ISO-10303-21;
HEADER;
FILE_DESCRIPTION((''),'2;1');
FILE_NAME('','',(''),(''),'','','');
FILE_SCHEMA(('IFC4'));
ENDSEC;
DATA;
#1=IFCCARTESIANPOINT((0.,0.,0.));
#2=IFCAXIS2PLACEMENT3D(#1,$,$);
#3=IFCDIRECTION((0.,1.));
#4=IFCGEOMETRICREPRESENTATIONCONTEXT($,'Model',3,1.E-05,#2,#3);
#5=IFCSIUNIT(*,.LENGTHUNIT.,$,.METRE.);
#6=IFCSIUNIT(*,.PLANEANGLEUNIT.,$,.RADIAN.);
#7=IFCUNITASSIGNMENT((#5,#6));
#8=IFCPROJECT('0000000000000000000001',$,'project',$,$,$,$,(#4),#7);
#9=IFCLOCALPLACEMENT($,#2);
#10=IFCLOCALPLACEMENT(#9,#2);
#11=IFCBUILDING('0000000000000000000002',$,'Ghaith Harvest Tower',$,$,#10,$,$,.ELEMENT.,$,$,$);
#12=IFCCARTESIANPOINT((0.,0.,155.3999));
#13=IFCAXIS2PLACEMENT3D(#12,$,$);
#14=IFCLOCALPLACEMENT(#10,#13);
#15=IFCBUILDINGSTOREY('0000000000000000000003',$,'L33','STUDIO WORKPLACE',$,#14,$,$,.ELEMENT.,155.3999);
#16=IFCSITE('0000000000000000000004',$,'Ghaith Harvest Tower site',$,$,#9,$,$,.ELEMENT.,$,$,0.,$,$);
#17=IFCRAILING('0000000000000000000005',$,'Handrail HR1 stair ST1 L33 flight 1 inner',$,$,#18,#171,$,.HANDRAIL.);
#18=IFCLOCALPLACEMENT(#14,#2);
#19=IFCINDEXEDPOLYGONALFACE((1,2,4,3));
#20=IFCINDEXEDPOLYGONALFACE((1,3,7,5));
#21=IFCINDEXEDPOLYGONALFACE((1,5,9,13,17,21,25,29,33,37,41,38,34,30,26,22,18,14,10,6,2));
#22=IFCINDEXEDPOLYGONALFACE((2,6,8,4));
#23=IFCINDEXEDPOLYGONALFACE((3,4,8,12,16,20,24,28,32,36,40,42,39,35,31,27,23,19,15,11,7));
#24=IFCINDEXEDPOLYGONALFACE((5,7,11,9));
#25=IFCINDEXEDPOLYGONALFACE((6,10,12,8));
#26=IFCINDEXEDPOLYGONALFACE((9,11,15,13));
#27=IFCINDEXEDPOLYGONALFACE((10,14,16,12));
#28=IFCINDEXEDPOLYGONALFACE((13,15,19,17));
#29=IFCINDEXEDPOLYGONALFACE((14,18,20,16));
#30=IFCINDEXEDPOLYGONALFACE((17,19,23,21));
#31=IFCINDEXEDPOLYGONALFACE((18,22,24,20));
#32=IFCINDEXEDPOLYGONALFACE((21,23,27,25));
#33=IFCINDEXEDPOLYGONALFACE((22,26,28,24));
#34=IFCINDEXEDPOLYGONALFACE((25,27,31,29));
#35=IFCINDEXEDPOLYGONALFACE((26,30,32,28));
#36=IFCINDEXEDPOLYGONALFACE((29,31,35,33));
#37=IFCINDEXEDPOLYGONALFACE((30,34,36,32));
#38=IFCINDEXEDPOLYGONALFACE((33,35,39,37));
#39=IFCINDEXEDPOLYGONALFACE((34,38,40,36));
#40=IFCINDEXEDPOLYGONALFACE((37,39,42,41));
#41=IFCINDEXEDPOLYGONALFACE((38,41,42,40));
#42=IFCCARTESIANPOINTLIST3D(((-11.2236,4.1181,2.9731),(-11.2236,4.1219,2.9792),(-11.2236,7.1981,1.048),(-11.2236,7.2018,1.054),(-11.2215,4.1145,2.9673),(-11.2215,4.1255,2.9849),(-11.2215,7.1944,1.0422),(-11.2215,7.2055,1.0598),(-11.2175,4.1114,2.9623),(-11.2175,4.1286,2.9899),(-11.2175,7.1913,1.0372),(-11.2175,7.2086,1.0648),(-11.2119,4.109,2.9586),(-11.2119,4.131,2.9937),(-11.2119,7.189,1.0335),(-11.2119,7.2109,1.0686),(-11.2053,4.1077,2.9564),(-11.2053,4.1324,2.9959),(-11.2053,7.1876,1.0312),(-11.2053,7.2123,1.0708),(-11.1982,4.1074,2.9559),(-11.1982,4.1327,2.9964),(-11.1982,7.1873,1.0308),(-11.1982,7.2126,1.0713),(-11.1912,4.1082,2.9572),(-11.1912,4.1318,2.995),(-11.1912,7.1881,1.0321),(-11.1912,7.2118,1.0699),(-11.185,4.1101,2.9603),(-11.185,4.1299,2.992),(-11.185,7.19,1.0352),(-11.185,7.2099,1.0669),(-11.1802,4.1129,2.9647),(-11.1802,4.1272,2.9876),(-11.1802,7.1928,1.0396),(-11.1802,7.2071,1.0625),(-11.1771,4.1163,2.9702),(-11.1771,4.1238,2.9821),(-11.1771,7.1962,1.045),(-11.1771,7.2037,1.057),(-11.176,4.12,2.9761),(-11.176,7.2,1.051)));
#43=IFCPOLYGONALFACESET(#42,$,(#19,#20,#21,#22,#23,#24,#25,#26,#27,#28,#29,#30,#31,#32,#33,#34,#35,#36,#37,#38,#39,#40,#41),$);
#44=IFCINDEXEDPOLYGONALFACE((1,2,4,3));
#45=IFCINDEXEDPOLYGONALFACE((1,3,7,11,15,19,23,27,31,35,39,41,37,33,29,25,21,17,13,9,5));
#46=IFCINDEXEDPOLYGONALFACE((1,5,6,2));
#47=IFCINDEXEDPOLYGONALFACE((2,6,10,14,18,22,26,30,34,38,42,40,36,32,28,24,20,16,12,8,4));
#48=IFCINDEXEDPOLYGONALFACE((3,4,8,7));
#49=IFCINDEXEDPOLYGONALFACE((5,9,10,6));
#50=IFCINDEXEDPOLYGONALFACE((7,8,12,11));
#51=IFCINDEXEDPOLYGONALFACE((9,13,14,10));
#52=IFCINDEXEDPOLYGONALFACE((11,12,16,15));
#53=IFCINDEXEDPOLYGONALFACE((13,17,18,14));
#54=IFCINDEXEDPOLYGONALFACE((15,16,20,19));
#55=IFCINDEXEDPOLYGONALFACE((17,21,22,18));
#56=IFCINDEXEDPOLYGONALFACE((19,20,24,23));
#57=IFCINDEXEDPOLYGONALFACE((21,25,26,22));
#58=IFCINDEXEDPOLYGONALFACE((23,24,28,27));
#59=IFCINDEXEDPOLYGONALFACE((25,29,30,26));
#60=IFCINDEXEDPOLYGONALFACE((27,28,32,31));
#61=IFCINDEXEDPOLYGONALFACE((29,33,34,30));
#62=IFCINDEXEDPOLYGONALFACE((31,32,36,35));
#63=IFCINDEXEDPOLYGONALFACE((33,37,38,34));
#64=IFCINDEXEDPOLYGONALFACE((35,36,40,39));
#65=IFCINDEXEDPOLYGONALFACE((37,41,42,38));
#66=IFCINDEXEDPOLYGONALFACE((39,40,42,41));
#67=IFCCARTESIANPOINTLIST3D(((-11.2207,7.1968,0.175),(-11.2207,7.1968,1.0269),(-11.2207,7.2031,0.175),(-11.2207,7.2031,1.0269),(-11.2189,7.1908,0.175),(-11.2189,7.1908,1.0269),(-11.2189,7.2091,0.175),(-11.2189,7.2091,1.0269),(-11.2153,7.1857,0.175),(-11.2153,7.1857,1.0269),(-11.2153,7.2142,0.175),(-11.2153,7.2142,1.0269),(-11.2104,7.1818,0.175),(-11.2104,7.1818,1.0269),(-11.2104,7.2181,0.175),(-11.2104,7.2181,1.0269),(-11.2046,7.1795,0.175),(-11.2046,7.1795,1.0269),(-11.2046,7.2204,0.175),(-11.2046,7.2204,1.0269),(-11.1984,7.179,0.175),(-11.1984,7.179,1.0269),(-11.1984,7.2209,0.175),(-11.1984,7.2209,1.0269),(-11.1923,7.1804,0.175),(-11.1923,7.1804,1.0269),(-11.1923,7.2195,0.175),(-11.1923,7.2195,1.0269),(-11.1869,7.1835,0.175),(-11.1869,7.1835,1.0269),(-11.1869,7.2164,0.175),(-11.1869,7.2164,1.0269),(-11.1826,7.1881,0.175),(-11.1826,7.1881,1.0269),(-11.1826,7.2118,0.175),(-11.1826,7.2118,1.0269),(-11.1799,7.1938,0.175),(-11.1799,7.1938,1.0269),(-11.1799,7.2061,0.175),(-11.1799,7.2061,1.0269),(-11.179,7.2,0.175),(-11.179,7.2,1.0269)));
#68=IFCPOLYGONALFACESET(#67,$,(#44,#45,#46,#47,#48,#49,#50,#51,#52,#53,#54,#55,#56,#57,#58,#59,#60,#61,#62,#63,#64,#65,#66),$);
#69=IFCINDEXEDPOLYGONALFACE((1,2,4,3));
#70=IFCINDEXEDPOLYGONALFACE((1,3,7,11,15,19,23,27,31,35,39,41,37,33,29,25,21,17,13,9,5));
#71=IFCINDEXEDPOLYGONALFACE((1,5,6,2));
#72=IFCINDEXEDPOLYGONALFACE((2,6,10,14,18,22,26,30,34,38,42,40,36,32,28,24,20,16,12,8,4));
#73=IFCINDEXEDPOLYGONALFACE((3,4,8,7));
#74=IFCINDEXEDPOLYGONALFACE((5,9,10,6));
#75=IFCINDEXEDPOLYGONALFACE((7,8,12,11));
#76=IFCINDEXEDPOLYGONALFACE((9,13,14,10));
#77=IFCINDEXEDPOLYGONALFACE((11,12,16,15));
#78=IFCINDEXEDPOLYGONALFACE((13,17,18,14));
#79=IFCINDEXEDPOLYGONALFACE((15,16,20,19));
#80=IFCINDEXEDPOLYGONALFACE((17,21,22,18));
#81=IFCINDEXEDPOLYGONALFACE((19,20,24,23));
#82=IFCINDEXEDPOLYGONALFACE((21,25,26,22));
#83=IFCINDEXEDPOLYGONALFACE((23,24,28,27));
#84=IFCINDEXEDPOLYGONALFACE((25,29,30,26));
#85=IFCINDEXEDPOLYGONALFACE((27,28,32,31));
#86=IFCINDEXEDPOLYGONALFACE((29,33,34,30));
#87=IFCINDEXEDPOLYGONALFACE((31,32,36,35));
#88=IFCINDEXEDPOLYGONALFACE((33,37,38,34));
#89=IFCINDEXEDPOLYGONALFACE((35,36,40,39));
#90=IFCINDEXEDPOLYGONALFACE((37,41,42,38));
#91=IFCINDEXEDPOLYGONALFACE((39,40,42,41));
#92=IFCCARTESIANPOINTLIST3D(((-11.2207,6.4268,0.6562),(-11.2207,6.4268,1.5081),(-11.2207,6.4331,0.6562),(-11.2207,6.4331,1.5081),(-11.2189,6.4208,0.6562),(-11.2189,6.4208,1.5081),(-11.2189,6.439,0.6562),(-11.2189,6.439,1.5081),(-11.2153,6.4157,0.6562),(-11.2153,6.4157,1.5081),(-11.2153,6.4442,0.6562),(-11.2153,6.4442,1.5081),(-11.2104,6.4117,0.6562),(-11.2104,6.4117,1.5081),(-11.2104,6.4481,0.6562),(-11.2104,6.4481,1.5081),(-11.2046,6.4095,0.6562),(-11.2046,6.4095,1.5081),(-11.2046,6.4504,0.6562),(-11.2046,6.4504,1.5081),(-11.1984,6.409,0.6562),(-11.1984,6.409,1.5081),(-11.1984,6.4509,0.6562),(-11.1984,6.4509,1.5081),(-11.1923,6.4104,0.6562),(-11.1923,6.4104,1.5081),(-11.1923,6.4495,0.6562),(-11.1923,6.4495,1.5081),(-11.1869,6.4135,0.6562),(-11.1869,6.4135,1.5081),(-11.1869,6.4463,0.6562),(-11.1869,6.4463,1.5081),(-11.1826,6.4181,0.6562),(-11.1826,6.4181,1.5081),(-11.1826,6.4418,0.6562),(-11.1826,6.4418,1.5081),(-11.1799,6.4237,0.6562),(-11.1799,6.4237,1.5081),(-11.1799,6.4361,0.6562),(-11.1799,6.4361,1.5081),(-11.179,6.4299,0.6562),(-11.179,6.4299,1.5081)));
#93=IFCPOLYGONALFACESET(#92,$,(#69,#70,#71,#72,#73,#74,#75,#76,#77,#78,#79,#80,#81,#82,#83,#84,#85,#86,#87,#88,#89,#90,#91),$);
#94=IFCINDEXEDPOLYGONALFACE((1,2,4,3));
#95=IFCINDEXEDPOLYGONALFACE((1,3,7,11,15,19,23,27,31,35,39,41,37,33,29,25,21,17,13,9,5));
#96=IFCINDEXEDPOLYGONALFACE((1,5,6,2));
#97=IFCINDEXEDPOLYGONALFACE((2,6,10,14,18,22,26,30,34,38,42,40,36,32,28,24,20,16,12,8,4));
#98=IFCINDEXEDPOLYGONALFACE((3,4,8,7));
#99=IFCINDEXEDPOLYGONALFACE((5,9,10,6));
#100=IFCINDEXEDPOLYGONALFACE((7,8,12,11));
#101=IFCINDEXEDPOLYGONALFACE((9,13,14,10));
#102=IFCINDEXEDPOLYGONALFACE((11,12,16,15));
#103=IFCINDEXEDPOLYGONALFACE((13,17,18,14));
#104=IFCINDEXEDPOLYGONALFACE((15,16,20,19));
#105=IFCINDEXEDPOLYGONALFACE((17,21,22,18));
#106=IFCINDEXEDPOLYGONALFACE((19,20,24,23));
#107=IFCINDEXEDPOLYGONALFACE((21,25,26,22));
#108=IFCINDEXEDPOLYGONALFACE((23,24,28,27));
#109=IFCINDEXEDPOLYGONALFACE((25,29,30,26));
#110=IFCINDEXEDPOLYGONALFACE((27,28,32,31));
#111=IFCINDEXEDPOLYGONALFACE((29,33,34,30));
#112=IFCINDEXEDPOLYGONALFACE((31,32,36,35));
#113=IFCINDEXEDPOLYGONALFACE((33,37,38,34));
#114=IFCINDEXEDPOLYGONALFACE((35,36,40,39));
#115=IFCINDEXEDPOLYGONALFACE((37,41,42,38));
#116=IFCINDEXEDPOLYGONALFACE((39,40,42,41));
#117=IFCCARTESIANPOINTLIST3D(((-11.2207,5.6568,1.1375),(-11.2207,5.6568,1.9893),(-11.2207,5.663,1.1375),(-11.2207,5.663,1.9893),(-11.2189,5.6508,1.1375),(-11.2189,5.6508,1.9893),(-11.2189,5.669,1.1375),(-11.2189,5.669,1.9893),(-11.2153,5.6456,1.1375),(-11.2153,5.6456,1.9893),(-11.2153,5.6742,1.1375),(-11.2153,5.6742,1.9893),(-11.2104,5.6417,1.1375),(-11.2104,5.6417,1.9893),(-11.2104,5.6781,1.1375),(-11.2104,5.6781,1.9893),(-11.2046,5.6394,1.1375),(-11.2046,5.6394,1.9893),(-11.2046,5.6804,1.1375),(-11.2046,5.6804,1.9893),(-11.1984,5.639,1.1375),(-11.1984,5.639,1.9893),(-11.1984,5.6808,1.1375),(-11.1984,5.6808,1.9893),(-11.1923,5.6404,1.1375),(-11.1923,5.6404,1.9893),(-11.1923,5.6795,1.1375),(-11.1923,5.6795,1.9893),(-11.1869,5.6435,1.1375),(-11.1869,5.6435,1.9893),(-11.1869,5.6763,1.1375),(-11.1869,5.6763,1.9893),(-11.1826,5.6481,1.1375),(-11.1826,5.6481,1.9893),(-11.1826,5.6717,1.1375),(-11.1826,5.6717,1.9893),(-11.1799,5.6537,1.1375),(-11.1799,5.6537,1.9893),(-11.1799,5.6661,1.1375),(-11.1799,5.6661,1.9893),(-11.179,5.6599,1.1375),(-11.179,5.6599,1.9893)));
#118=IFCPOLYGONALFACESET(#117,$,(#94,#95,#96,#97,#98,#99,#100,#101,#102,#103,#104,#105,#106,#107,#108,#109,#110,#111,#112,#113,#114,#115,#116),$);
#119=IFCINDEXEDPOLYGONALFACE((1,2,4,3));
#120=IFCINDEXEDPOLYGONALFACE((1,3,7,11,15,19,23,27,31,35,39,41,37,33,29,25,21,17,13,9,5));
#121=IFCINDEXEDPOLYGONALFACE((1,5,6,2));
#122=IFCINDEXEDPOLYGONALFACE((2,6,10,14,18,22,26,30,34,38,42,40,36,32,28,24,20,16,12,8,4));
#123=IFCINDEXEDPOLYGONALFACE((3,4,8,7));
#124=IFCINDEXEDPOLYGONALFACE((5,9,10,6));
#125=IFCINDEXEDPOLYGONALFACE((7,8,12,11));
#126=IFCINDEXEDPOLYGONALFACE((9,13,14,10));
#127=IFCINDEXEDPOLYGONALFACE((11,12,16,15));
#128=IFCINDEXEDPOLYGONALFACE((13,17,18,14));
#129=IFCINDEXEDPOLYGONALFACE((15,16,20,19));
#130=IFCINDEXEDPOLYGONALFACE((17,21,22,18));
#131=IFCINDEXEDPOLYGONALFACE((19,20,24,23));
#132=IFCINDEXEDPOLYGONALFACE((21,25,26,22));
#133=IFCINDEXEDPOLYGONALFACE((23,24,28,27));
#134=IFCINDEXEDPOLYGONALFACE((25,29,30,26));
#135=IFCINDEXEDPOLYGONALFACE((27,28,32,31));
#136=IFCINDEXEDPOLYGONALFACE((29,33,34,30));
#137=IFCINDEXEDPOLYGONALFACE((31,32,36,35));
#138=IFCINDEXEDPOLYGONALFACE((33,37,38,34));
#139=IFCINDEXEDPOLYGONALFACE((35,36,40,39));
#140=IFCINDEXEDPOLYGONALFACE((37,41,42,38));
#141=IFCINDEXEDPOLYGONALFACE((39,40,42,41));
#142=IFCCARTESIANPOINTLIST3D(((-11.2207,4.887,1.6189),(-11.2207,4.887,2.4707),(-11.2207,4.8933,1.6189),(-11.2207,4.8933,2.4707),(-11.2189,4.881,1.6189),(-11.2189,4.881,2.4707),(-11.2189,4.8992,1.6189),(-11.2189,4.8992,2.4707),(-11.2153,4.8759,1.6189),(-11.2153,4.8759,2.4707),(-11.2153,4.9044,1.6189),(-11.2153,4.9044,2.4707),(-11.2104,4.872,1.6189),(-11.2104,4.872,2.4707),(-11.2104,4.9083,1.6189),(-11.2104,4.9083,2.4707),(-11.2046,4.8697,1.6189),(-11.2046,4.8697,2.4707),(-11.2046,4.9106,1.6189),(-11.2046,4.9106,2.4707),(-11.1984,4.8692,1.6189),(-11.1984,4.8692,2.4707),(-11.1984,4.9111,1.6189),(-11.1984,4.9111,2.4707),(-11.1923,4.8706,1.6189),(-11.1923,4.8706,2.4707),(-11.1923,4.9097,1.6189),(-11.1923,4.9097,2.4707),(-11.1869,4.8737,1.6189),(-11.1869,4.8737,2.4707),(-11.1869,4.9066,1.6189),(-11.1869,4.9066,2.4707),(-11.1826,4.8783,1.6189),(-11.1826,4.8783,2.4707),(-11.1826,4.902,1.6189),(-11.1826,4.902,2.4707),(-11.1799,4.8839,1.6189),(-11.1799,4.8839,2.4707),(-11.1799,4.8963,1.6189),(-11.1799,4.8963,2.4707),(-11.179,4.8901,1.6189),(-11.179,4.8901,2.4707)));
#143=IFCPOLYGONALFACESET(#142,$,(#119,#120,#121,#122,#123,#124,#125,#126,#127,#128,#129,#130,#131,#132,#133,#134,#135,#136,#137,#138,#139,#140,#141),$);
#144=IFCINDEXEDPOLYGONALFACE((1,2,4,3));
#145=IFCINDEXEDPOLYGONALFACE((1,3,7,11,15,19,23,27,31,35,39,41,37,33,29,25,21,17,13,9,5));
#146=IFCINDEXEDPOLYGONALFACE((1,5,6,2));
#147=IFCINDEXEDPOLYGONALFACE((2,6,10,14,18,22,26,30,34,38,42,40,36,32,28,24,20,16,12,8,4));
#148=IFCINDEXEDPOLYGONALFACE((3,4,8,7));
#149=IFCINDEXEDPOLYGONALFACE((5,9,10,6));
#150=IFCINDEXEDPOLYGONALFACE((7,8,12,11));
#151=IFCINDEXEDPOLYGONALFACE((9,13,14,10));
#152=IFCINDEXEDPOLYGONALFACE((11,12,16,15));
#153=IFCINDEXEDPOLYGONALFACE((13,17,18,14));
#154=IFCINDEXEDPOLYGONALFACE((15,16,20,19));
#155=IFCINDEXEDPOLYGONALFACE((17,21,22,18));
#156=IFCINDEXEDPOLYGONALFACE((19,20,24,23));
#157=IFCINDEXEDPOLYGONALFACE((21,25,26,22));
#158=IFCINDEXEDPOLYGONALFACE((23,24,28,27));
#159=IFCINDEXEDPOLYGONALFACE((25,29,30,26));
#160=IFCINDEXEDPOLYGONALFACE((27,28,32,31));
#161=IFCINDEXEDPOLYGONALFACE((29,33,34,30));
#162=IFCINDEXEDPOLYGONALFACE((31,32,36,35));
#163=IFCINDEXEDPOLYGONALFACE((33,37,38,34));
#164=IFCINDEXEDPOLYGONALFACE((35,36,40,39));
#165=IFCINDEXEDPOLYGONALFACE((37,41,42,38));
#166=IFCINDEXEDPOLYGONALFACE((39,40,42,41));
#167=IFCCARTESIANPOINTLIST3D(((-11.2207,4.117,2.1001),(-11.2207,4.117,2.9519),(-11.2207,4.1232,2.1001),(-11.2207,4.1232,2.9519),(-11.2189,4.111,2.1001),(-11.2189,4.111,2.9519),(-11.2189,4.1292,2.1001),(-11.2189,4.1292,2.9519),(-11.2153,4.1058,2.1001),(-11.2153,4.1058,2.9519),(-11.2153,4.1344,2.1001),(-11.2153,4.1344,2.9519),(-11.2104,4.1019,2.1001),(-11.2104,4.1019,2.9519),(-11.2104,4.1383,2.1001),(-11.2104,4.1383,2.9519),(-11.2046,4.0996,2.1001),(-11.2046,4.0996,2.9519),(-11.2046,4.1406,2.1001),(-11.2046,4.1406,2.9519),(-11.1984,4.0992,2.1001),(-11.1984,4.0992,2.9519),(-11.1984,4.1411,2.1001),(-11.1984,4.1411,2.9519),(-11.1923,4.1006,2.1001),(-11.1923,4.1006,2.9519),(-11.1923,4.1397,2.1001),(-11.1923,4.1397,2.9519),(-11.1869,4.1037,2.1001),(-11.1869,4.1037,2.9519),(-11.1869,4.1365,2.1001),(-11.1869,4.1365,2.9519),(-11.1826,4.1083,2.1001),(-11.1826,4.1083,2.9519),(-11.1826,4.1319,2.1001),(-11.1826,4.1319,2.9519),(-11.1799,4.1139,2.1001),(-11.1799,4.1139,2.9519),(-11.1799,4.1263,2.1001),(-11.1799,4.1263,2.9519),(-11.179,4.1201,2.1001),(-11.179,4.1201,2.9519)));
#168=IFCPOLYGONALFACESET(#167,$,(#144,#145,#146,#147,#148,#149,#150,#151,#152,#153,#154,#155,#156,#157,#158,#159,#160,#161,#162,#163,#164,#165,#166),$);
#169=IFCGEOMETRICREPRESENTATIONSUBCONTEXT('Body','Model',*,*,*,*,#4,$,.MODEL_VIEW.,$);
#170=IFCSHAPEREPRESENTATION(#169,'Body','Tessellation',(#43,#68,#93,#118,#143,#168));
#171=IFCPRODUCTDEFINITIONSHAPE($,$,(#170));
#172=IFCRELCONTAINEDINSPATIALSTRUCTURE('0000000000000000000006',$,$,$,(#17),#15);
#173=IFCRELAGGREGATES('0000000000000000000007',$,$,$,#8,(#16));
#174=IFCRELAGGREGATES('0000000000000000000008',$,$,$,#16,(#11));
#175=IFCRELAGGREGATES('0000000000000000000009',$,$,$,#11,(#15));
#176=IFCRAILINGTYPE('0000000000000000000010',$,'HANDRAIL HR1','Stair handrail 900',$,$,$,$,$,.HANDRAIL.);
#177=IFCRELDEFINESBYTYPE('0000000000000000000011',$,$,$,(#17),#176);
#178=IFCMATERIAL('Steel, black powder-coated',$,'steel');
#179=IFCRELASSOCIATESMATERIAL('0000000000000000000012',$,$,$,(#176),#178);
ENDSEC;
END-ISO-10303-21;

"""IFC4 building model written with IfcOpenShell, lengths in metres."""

from ifc_helpers import new_model, si_unit, direction, frame, origin, origin_2d, place, context, subcontext, project, spatial, circle, extrude, material, type_object, element, save


model = new_model("IFC4")

# Units and contexts
model_context = context("Model", 3, precision=1e-05, world=origin(), true_north=direction((0.0, 1.0)))
body_context = subcontext(model_context, "Body", "Model", "MODEL_VIEW")
ifc_project = project(units=[si_unit("LENGTHUNIT", "METRE"), si_unit("PLANEANGLEUNIT", "RADIAN")], contexts=[model_context])

# Site, building, storey
site_placement = place(None, origin())
site = spatial("IfcSite", under=ifc_project, at=site_placement, Name="Ghaith Harvest Tower site", CompositionType="ELEMENT", RefElevation=0.0)
building_placement = place(site_placement, origin())
building = spatial("IfcBuilding", under=site, at=building_placement, Name="Ghaith Harvest Tower", CompositionType="ELEMENT")
storey_placement = place(building_placement, frame((0.0, 0.0, 155.3999)))
storey = spatial("IfcBuildingStorey", under=building, at=storey_placement, Name="L33", Description="STUDIO WORKPLACE", CompositionType="ELEMENT", Elevation=155.3999)

# Railing
ifc_material_1 = material(Name="Steel, black powder-coated", Category="steel")
railing_type = type_object("IfcRailingType", Name="HANDRAIL HR1", Description="Stair handrail 900", PredefinedType="HANDRAIL", material=ifc_material_1)
railing_1_placement = place(storey_placement, frame((-11.2, 7.2, 0.175)))
element("IfcRailing", 1, at=railing_1_placement, inside=storey, type_object=railing_type, Name="Handrail HR1 stair ST1 L33 flight 1 inner", PredefinedType="HANDRAIL", context=body_context, shape_type="SweptSolid", body=[
    extrude(circle(Radius=0.0239, at=origin_2d()), frame((0.0, 0.0, 0.876), z_axis=(0.0, -0.847979, 0.530029), x_axis=(1.0, 0.0, 0.0)), (0.0, 0.0, 1.0), 3.6321),
    extrude(circle(Radius=0.021, at=origin_2d()), origin(), (0.0, 0.0, 1.0), 0.8518),
    extrude(circle(Radius=0.021, at=origin_2d()), frame((0.0, -0.77, 0.4812)), (0.0, 0.0, 1.0), 0.8518),
    extrude(circle(Radius=0.021, at=origin_2d()), frame((0.0, -1.54, 0.9624)), (0.0, 0.0, 1.0), 0.8518),
    extrude(circle(Radius=0.021, at=origin_2d()), frame((0.0, -2.3098, 1.4438)), (0.0, 0.0, 1.0), 0.8518),
    extrude(circle(Radius=0.021, at=origin_2d()), frame((0.0, -3.0798, 1.925)), (0.0, 0.0, 1.0), 0.8518),
])

save(model, "model.ifc")
